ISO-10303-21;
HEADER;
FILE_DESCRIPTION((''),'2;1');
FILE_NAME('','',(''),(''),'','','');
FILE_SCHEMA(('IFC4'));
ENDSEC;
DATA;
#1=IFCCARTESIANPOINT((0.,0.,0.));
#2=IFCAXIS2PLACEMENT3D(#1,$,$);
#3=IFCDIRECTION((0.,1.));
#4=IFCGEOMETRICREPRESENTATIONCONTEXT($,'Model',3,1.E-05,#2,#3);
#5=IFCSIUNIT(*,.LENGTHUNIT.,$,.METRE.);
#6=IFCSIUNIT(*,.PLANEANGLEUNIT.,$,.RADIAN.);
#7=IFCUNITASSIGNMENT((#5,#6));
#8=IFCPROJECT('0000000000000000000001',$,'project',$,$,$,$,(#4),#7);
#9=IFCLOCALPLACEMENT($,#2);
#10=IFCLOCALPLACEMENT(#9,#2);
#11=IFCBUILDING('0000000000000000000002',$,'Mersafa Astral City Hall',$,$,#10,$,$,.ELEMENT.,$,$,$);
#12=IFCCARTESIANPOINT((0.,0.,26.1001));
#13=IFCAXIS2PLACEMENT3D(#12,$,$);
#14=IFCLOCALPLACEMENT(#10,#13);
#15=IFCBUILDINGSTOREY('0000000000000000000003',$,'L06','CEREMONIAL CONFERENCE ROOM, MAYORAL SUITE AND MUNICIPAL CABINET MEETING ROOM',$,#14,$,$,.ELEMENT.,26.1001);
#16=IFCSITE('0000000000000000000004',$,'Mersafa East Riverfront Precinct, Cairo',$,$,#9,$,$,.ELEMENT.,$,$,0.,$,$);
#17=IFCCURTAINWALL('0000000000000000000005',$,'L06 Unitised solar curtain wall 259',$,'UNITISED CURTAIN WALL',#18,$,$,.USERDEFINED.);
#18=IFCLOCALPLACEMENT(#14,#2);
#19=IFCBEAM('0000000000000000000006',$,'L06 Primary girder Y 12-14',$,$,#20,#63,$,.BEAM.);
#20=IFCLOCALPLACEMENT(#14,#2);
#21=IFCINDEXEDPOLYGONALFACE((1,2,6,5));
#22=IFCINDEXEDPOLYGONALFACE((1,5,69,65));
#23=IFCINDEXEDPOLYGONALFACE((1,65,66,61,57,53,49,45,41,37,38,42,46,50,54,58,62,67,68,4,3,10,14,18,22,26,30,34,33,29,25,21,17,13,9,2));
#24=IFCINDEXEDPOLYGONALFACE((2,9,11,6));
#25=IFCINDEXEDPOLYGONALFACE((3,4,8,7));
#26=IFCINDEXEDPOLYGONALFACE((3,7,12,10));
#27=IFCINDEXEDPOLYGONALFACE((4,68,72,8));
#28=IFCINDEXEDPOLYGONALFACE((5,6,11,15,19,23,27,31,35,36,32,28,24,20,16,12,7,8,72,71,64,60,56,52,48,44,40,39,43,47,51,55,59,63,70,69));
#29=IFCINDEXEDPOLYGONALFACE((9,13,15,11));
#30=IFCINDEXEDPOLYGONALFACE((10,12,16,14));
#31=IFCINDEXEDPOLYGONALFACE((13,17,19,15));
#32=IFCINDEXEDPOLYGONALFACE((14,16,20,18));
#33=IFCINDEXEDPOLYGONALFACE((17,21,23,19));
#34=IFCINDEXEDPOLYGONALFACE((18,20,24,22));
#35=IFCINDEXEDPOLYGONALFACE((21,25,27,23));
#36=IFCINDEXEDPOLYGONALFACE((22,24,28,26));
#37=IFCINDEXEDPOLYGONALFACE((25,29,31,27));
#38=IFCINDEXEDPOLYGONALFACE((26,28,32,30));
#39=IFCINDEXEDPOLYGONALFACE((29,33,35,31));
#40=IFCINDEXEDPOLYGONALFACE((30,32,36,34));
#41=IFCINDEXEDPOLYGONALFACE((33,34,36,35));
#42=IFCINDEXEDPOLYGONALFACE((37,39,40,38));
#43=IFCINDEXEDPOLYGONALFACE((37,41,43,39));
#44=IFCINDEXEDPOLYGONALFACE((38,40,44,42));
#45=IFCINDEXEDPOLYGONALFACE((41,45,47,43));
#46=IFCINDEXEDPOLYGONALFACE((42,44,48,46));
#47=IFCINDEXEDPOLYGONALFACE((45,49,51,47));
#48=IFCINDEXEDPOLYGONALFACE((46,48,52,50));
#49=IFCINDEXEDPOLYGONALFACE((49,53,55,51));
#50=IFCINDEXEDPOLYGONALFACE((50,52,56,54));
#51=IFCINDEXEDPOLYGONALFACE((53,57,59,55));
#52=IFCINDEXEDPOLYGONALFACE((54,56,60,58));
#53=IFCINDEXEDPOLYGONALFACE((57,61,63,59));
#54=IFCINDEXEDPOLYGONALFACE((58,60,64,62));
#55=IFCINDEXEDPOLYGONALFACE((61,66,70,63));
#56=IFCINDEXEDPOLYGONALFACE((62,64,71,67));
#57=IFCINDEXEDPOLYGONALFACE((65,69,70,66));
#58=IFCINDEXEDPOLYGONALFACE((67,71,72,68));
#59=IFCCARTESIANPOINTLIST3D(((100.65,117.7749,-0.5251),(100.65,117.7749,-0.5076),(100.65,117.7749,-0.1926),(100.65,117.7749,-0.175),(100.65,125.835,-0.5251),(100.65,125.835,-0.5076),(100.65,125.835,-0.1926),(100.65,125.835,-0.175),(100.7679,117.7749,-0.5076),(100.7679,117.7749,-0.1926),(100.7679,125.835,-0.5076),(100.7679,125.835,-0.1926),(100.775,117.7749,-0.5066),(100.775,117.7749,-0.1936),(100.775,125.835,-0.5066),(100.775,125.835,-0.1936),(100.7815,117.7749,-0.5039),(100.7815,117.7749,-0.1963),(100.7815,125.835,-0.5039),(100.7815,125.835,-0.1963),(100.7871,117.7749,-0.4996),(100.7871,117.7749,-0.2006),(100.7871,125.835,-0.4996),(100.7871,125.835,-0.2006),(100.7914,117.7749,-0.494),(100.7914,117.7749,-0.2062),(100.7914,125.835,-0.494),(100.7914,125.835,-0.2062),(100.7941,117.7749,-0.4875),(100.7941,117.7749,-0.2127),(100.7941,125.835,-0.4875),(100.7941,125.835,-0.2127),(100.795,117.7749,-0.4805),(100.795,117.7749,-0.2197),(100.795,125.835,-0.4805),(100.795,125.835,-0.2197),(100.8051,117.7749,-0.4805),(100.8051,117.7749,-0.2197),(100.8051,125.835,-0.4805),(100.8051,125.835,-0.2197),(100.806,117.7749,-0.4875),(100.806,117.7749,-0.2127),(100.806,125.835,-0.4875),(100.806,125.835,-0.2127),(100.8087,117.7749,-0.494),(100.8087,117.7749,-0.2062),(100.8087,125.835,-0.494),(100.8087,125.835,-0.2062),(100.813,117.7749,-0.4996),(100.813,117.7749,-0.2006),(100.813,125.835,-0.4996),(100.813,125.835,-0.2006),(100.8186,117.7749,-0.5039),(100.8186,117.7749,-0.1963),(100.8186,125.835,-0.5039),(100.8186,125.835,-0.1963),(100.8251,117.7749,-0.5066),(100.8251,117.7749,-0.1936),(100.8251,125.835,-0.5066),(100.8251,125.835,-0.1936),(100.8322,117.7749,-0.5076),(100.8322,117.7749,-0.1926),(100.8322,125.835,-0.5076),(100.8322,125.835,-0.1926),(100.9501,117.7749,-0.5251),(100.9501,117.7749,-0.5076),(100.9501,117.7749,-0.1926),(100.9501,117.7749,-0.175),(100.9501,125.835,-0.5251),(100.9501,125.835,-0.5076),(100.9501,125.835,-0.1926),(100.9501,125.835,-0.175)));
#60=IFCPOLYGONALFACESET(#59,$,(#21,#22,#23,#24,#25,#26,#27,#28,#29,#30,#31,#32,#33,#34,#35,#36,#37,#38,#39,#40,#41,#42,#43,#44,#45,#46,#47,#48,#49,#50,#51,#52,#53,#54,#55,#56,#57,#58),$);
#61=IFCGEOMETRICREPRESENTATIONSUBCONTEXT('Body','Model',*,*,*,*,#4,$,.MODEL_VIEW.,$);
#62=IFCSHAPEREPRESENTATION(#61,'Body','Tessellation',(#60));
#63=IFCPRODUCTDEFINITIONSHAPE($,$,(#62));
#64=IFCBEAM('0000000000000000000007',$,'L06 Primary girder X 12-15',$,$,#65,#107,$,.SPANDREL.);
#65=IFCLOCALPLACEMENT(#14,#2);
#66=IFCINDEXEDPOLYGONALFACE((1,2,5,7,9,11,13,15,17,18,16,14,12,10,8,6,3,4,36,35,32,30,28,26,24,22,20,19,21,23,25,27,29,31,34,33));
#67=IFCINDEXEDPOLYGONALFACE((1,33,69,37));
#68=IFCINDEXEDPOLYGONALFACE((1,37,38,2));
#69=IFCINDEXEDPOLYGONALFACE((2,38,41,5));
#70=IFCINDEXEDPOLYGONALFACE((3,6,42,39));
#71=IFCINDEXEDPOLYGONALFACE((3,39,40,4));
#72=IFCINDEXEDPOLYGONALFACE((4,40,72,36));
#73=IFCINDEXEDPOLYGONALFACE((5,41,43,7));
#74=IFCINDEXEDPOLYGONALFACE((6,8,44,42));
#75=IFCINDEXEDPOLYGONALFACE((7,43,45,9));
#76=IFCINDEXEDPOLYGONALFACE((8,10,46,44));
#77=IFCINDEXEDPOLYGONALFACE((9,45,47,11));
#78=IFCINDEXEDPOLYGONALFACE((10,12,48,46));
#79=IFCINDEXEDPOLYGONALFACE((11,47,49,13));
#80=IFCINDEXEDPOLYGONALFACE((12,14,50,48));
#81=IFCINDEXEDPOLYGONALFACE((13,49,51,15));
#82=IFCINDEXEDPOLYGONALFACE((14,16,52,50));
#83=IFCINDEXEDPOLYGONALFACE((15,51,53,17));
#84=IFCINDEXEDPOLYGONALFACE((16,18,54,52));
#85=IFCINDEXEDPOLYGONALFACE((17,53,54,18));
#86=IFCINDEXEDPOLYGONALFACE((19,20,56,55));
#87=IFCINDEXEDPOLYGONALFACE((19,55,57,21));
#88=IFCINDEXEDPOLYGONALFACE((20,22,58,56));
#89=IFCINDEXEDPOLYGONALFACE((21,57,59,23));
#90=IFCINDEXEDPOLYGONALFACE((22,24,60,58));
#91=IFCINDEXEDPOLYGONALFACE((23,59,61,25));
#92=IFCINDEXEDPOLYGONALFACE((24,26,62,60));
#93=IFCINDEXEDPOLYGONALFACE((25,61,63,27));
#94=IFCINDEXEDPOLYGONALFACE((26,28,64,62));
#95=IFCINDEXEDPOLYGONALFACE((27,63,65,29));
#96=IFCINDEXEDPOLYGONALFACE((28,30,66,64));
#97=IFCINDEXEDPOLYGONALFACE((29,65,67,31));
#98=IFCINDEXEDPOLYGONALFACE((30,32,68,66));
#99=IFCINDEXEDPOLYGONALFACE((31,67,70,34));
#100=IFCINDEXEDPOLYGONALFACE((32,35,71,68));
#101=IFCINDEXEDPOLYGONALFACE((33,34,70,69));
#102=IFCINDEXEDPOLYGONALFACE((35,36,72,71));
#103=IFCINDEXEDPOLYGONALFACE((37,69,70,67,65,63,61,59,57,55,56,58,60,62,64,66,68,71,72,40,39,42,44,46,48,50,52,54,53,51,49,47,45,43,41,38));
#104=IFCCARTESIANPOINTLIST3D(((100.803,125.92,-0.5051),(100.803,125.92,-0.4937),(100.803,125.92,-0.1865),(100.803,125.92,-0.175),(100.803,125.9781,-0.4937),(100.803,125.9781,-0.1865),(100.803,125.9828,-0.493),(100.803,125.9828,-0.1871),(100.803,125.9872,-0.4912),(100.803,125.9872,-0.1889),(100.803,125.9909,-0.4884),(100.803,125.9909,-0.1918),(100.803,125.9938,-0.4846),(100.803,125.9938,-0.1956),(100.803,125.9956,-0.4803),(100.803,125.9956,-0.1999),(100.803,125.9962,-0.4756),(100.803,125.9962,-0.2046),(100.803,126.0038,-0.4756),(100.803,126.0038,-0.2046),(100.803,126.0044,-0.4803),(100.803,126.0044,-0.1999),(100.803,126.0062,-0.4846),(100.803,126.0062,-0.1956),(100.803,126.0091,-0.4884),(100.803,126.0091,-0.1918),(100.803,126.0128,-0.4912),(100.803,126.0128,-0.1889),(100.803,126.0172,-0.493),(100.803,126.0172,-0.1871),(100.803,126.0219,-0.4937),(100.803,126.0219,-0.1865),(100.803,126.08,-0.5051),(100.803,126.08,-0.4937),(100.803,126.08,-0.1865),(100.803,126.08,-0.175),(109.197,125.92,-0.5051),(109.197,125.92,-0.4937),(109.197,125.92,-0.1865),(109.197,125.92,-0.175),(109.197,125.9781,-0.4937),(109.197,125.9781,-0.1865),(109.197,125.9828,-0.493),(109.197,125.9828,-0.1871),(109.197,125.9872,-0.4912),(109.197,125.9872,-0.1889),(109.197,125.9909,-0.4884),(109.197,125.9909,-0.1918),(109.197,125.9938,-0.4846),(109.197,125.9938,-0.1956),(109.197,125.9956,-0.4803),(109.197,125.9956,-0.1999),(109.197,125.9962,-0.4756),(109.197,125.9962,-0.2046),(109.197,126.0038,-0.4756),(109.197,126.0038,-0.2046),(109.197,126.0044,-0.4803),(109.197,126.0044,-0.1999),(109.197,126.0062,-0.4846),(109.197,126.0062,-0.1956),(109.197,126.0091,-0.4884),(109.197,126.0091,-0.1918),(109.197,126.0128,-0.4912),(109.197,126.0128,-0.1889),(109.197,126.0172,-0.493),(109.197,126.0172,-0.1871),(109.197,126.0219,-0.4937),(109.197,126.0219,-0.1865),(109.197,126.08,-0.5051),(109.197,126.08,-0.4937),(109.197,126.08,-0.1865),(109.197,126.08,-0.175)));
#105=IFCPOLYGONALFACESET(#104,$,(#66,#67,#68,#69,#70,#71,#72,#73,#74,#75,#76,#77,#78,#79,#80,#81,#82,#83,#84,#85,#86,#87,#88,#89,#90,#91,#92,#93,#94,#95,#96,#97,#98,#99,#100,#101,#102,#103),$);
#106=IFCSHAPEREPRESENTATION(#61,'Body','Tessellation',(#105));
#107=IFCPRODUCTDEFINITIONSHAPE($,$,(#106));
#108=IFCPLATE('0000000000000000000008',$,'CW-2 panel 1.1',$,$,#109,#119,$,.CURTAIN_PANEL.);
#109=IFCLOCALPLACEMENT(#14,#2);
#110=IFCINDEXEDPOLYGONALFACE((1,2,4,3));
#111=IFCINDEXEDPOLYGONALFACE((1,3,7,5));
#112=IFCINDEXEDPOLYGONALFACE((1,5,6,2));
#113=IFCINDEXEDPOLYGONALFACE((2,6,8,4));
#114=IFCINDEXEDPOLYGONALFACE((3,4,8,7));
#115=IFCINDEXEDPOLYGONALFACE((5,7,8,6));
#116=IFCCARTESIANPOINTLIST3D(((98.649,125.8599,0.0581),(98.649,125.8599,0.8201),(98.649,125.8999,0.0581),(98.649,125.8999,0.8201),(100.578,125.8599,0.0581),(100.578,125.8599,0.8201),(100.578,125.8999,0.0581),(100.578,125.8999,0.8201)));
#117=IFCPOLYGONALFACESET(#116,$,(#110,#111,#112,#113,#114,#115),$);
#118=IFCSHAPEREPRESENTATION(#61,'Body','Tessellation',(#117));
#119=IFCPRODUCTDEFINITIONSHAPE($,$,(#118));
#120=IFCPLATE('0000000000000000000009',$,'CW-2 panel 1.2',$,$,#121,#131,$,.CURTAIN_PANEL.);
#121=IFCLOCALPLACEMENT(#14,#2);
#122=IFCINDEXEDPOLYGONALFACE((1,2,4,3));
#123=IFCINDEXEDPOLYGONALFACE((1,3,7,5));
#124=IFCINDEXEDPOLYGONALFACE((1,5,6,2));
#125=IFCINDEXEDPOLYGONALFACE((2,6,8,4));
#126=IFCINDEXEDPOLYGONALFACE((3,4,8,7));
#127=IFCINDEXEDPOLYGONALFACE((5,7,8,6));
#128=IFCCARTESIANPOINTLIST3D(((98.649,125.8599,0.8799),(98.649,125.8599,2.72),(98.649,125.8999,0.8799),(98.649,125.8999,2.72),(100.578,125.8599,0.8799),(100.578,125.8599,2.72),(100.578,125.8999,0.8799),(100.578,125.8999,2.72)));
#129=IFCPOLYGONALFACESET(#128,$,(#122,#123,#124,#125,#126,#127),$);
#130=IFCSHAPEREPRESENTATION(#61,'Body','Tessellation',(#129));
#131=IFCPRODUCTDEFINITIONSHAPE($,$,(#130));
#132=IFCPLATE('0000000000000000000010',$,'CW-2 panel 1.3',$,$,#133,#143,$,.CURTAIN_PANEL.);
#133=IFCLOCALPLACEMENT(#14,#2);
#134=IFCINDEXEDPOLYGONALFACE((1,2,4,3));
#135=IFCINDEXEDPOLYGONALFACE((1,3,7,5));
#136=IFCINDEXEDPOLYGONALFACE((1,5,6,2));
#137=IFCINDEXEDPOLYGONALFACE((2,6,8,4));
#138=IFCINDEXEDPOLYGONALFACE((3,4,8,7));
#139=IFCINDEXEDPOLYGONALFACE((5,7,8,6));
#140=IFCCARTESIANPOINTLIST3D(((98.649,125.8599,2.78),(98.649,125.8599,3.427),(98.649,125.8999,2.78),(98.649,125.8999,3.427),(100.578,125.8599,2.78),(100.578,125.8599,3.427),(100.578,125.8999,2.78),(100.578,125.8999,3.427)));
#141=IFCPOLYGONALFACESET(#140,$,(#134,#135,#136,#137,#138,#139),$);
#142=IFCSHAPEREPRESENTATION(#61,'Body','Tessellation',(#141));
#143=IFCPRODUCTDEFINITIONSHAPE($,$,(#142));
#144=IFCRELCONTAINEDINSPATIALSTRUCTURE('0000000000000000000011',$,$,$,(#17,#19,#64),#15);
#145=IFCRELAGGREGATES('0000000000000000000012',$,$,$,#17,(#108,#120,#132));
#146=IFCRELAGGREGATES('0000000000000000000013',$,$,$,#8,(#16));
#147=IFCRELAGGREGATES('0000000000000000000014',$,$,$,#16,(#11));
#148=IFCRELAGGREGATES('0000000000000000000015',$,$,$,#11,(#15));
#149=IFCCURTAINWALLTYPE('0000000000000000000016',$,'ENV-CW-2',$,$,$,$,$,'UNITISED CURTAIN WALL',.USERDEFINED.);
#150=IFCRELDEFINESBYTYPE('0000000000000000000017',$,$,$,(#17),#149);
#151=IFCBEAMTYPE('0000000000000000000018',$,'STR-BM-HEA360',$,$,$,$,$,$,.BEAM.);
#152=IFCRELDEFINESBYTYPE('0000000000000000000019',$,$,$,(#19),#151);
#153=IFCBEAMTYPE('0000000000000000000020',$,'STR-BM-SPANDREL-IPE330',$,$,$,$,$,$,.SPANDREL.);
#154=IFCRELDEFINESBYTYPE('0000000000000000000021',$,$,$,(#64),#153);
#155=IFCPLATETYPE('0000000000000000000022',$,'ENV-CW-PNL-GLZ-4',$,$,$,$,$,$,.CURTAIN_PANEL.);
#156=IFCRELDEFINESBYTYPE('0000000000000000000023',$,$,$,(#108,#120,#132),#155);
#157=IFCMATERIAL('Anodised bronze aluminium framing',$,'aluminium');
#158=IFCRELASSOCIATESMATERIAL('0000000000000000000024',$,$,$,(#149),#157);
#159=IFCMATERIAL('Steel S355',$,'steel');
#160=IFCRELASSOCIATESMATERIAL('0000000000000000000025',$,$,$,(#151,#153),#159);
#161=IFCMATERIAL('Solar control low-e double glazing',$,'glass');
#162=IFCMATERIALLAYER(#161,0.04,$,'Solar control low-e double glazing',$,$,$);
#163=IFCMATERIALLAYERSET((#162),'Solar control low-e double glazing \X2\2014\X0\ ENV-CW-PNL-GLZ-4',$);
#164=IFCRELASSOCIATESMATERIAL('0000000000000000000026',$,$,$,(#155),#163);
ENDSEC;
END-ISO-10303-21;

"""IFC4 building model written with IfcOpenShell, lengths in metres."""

from ifc_helpers import new_model, si_unit, direction, frame, origin, origin_2d, place, context, subcontext, project, spatial, rectangle, i_section, extrude, material, layer, layer_set, material_profile, profile_set, type_object, element, aggregate, save


model = new_model("IFC4")

# Units and contexts
model_context = context("Model", 3, precision=1e-05, world=origin(), true_north=direction((0.0, 1.0)))
body_context = subcontext(model_context, "Body", "Model", "MODEL_VIEW")
ifc_project = project(units=[si_unit("LENGTHUNIT", "METRE"), si_unit("PLANEANGLEUNIT", "RADIAN")], contexts=[model_context])

# Site, building, storey
site_placement = place(None, origin())
site = spatial("IfcSite", under=ifc_project, at=site_placement, Name="Mersafa East Riverfront Precinct, Cairo", CompositionType="ELEMENT", RefElevation=0.0)
building_placement = place(site_placement, origin())
building = spatial("IfcBuilding", under=site, at=building_placement, Name="Mersafa Astral City Hall", CompositionType="ELEMENT")
storey_placement = place(building_placement, frame((0.0, 0.0, 26.1001)))
storey = spatial("IfcBuildingStorey", under=building, at=storey_placement, Name="L06", Description="CEREMONIAL CONFERENCE ROOM, MAYORAL SUITE AND MUNICIPAL CABINET MEETING ROOM", CompositionType="ELEMENT", Elevation=26.1001)

# Shared definitions
ifc_material_1 = material(Name="Steel S355", Category="steel")

# Curtain wall
ifc_material_2 = material(Name="Anodised bronze aluminium framing", Category="aluminium")
curtain_wall_type = type_object("IfcCurtainWallType", Name="ENV-CW-2", ElementType="UNITISED CURTAIN WALL", PredefinedType="USERDEFINED", material=ifc_material_2)
curtain_wall_placement = place(storey_placement, origin())
curtain_wall = element("IfcCurtainWall", 1, at=curtain_wall_placement, inside=storey, type_object=curtain_wall_type, Name="L06 Unitised solar curtain wall 259", ObjectType="UNITISED CURTAIN WALL", PredefinedType="USERDEFINED")

# Beams
ifc_material_profile_1 = material_profile(ifc_material_1, i_section(OverallWidth=0.3, OverallDepth=0.3501, WebThickness=0.01, FlangeThickness=0.0176, FilletRadius=0.0271, at=origin_2d()), Name="HEA 360")
ifc_profile_set_1 = profile_set([ifc_material_profile_1], Name="Steel S355")
beam_type_1 = type_object("IfcBeamType", Name="STR-BM-HEA360", PredefinedType="BEAM", material=ifc_profile_set_1)
beam_1_placement = place(storey_placement, frame((100.8, 117.7749, -0.3501), z_axis=(0.0, 1.0, 0.0), x_axis=(-1.0, 0.0, 0.0)))
element("IfcBeam", 2, at=beam_1_placement, inside=storey, type_object=beam_type_1, Name="L06 Primary girder Y 12-14", PredefinedType="BEAM", context=body_context, shape_type="SweptSolid", body=[
    extrude(i_section(OverallWidth=0.3, OverallDepth=0.3501, WebThickness=0.01, FlangeThickness=0.0176, FilletRadius=0.0271, at=origin_2d()), origin(), (0.0, 0.0, 1.0), 8.0601),
])
ifc_material_profile_2 = material_profile(ifc_material_1, i_section(OverallWidth=0.1599, OverallDepth=0.3301, WebThickness=0.0076, FlangeThickness=0.0115, FilletRadius=0.0181, at=origin_2d()), Name="IPE 330")
ifc_profile_set_2 = profile_set([ifc_material_profile_2], Name="Steel S355")
beam_type_2 = type_object("IfcBeamType", Name="STR-BM-SPANDREL-IPE330", PredefinedType="SPANDREL", material=ifc_profile_set_2)
beam_2_placement = place(storey_placement, frame((100.803, 126.0, -0.3401), z_axis=(1.0, 0.0, 0.0), x_axis=(0.0, 1.0, 0.0)))
element("IfcBeam", 3, at=beam_2_placement, inside=storey, type_object=beam_type_2, Name="L06 Primary girder X 12-15", PredefinedType="SPANDREL", context=body_context, shape_type="SweptSolid", body=[
    extrude(i_section(OverallWidth=0.1599, OverallDepth=0.3301, WebThickness=0.0076, FlangeThickness=0.0115, FilletRadius=0.0181, at=origin_2d()), origin(), (0.0, 0.0, 1.0), 8.394),
])

# Plates
ifc_material_3 = material(Name="Solar control low-e double glazing", Category="glass")
ifc_layer_1 = layer(ifc_material_3, 0.04, Name="Solar control low-e double glazing")
ifc_layer_set_1 = layer_set([ifc_layer_1], Name="Solar control low-e double glazing — ENV-CW-PNL-GLZ-4")
plate_type = type_object("IfcPlateType", Name="ENV-CW-PNL-GLZ-4", PredefinedType="CURTAIN_PANEL", material=ifc_layer_set_1)
plate_1_placement = place(storey_placement, frame((99.6135, 125.8799, 0.0581), z_axis=(0.0, 0.0, 1.0), x_axis=(-1.0, 0.0, 0.0)))
plate_1 = element("IfcPlate", 4, at=plate_1_placement, type_object=plate_type, Name="CW-2 panel 1.1", PredefinedType="CURTAIN_PANEL", context=body_context, shape_type="SweptSolid", body=[
    extrude(rectangle(XDim=1.929, YDim=0.04, at=origin_2d()), origin(), (0.0, 0.0, 1.0), 0.762),
])
plate_2_placement = place(storey_placement, frame((99.6135, 125.8799, 0.8799), z_axis=(0.0, 0.0, 1.0), x_axis=(-1.0, 0.0, 0.0)))
plate_2 = element("IfcPlate", 5, at=plate_2_placement, type_object=plate_type, Name="CW-2 panel 1.2", PredefinedType="CURTAIN_PANEL", context=body_context, shape_type="SweptSolid", body=[
    extrude(rectangle(XDim=1.929, YDim=0.04, at=origin_2d()), origin(), (0.0, 0.0, 1.0), 1.8401),
])
plate_3_placement = place(storey_placement, frame((99.6135, 125.8799, 2.78), z_axis=(0.0, 0.0, 1.0), x_axis=(-1.0, 0.0, 0.0)))
plate_3 = element("IfcPlate", 6, at=plate_3_placement, type_object=plate_type, Name="CW-2 panel 1.3", PredefinedType="CURTAIN_PANEL", context=body_context, shape_type="SweptSolid", body=[
    extrude(rectangle(XDim=1.929, YDim=0.04, at=origin_2d()), origin(), (0.0, 0.0, 1.0), 0.647),
])
aggregate(curtain_wall, [plate_1, plate_2, plate_3])

save(model, "model.ifc")
